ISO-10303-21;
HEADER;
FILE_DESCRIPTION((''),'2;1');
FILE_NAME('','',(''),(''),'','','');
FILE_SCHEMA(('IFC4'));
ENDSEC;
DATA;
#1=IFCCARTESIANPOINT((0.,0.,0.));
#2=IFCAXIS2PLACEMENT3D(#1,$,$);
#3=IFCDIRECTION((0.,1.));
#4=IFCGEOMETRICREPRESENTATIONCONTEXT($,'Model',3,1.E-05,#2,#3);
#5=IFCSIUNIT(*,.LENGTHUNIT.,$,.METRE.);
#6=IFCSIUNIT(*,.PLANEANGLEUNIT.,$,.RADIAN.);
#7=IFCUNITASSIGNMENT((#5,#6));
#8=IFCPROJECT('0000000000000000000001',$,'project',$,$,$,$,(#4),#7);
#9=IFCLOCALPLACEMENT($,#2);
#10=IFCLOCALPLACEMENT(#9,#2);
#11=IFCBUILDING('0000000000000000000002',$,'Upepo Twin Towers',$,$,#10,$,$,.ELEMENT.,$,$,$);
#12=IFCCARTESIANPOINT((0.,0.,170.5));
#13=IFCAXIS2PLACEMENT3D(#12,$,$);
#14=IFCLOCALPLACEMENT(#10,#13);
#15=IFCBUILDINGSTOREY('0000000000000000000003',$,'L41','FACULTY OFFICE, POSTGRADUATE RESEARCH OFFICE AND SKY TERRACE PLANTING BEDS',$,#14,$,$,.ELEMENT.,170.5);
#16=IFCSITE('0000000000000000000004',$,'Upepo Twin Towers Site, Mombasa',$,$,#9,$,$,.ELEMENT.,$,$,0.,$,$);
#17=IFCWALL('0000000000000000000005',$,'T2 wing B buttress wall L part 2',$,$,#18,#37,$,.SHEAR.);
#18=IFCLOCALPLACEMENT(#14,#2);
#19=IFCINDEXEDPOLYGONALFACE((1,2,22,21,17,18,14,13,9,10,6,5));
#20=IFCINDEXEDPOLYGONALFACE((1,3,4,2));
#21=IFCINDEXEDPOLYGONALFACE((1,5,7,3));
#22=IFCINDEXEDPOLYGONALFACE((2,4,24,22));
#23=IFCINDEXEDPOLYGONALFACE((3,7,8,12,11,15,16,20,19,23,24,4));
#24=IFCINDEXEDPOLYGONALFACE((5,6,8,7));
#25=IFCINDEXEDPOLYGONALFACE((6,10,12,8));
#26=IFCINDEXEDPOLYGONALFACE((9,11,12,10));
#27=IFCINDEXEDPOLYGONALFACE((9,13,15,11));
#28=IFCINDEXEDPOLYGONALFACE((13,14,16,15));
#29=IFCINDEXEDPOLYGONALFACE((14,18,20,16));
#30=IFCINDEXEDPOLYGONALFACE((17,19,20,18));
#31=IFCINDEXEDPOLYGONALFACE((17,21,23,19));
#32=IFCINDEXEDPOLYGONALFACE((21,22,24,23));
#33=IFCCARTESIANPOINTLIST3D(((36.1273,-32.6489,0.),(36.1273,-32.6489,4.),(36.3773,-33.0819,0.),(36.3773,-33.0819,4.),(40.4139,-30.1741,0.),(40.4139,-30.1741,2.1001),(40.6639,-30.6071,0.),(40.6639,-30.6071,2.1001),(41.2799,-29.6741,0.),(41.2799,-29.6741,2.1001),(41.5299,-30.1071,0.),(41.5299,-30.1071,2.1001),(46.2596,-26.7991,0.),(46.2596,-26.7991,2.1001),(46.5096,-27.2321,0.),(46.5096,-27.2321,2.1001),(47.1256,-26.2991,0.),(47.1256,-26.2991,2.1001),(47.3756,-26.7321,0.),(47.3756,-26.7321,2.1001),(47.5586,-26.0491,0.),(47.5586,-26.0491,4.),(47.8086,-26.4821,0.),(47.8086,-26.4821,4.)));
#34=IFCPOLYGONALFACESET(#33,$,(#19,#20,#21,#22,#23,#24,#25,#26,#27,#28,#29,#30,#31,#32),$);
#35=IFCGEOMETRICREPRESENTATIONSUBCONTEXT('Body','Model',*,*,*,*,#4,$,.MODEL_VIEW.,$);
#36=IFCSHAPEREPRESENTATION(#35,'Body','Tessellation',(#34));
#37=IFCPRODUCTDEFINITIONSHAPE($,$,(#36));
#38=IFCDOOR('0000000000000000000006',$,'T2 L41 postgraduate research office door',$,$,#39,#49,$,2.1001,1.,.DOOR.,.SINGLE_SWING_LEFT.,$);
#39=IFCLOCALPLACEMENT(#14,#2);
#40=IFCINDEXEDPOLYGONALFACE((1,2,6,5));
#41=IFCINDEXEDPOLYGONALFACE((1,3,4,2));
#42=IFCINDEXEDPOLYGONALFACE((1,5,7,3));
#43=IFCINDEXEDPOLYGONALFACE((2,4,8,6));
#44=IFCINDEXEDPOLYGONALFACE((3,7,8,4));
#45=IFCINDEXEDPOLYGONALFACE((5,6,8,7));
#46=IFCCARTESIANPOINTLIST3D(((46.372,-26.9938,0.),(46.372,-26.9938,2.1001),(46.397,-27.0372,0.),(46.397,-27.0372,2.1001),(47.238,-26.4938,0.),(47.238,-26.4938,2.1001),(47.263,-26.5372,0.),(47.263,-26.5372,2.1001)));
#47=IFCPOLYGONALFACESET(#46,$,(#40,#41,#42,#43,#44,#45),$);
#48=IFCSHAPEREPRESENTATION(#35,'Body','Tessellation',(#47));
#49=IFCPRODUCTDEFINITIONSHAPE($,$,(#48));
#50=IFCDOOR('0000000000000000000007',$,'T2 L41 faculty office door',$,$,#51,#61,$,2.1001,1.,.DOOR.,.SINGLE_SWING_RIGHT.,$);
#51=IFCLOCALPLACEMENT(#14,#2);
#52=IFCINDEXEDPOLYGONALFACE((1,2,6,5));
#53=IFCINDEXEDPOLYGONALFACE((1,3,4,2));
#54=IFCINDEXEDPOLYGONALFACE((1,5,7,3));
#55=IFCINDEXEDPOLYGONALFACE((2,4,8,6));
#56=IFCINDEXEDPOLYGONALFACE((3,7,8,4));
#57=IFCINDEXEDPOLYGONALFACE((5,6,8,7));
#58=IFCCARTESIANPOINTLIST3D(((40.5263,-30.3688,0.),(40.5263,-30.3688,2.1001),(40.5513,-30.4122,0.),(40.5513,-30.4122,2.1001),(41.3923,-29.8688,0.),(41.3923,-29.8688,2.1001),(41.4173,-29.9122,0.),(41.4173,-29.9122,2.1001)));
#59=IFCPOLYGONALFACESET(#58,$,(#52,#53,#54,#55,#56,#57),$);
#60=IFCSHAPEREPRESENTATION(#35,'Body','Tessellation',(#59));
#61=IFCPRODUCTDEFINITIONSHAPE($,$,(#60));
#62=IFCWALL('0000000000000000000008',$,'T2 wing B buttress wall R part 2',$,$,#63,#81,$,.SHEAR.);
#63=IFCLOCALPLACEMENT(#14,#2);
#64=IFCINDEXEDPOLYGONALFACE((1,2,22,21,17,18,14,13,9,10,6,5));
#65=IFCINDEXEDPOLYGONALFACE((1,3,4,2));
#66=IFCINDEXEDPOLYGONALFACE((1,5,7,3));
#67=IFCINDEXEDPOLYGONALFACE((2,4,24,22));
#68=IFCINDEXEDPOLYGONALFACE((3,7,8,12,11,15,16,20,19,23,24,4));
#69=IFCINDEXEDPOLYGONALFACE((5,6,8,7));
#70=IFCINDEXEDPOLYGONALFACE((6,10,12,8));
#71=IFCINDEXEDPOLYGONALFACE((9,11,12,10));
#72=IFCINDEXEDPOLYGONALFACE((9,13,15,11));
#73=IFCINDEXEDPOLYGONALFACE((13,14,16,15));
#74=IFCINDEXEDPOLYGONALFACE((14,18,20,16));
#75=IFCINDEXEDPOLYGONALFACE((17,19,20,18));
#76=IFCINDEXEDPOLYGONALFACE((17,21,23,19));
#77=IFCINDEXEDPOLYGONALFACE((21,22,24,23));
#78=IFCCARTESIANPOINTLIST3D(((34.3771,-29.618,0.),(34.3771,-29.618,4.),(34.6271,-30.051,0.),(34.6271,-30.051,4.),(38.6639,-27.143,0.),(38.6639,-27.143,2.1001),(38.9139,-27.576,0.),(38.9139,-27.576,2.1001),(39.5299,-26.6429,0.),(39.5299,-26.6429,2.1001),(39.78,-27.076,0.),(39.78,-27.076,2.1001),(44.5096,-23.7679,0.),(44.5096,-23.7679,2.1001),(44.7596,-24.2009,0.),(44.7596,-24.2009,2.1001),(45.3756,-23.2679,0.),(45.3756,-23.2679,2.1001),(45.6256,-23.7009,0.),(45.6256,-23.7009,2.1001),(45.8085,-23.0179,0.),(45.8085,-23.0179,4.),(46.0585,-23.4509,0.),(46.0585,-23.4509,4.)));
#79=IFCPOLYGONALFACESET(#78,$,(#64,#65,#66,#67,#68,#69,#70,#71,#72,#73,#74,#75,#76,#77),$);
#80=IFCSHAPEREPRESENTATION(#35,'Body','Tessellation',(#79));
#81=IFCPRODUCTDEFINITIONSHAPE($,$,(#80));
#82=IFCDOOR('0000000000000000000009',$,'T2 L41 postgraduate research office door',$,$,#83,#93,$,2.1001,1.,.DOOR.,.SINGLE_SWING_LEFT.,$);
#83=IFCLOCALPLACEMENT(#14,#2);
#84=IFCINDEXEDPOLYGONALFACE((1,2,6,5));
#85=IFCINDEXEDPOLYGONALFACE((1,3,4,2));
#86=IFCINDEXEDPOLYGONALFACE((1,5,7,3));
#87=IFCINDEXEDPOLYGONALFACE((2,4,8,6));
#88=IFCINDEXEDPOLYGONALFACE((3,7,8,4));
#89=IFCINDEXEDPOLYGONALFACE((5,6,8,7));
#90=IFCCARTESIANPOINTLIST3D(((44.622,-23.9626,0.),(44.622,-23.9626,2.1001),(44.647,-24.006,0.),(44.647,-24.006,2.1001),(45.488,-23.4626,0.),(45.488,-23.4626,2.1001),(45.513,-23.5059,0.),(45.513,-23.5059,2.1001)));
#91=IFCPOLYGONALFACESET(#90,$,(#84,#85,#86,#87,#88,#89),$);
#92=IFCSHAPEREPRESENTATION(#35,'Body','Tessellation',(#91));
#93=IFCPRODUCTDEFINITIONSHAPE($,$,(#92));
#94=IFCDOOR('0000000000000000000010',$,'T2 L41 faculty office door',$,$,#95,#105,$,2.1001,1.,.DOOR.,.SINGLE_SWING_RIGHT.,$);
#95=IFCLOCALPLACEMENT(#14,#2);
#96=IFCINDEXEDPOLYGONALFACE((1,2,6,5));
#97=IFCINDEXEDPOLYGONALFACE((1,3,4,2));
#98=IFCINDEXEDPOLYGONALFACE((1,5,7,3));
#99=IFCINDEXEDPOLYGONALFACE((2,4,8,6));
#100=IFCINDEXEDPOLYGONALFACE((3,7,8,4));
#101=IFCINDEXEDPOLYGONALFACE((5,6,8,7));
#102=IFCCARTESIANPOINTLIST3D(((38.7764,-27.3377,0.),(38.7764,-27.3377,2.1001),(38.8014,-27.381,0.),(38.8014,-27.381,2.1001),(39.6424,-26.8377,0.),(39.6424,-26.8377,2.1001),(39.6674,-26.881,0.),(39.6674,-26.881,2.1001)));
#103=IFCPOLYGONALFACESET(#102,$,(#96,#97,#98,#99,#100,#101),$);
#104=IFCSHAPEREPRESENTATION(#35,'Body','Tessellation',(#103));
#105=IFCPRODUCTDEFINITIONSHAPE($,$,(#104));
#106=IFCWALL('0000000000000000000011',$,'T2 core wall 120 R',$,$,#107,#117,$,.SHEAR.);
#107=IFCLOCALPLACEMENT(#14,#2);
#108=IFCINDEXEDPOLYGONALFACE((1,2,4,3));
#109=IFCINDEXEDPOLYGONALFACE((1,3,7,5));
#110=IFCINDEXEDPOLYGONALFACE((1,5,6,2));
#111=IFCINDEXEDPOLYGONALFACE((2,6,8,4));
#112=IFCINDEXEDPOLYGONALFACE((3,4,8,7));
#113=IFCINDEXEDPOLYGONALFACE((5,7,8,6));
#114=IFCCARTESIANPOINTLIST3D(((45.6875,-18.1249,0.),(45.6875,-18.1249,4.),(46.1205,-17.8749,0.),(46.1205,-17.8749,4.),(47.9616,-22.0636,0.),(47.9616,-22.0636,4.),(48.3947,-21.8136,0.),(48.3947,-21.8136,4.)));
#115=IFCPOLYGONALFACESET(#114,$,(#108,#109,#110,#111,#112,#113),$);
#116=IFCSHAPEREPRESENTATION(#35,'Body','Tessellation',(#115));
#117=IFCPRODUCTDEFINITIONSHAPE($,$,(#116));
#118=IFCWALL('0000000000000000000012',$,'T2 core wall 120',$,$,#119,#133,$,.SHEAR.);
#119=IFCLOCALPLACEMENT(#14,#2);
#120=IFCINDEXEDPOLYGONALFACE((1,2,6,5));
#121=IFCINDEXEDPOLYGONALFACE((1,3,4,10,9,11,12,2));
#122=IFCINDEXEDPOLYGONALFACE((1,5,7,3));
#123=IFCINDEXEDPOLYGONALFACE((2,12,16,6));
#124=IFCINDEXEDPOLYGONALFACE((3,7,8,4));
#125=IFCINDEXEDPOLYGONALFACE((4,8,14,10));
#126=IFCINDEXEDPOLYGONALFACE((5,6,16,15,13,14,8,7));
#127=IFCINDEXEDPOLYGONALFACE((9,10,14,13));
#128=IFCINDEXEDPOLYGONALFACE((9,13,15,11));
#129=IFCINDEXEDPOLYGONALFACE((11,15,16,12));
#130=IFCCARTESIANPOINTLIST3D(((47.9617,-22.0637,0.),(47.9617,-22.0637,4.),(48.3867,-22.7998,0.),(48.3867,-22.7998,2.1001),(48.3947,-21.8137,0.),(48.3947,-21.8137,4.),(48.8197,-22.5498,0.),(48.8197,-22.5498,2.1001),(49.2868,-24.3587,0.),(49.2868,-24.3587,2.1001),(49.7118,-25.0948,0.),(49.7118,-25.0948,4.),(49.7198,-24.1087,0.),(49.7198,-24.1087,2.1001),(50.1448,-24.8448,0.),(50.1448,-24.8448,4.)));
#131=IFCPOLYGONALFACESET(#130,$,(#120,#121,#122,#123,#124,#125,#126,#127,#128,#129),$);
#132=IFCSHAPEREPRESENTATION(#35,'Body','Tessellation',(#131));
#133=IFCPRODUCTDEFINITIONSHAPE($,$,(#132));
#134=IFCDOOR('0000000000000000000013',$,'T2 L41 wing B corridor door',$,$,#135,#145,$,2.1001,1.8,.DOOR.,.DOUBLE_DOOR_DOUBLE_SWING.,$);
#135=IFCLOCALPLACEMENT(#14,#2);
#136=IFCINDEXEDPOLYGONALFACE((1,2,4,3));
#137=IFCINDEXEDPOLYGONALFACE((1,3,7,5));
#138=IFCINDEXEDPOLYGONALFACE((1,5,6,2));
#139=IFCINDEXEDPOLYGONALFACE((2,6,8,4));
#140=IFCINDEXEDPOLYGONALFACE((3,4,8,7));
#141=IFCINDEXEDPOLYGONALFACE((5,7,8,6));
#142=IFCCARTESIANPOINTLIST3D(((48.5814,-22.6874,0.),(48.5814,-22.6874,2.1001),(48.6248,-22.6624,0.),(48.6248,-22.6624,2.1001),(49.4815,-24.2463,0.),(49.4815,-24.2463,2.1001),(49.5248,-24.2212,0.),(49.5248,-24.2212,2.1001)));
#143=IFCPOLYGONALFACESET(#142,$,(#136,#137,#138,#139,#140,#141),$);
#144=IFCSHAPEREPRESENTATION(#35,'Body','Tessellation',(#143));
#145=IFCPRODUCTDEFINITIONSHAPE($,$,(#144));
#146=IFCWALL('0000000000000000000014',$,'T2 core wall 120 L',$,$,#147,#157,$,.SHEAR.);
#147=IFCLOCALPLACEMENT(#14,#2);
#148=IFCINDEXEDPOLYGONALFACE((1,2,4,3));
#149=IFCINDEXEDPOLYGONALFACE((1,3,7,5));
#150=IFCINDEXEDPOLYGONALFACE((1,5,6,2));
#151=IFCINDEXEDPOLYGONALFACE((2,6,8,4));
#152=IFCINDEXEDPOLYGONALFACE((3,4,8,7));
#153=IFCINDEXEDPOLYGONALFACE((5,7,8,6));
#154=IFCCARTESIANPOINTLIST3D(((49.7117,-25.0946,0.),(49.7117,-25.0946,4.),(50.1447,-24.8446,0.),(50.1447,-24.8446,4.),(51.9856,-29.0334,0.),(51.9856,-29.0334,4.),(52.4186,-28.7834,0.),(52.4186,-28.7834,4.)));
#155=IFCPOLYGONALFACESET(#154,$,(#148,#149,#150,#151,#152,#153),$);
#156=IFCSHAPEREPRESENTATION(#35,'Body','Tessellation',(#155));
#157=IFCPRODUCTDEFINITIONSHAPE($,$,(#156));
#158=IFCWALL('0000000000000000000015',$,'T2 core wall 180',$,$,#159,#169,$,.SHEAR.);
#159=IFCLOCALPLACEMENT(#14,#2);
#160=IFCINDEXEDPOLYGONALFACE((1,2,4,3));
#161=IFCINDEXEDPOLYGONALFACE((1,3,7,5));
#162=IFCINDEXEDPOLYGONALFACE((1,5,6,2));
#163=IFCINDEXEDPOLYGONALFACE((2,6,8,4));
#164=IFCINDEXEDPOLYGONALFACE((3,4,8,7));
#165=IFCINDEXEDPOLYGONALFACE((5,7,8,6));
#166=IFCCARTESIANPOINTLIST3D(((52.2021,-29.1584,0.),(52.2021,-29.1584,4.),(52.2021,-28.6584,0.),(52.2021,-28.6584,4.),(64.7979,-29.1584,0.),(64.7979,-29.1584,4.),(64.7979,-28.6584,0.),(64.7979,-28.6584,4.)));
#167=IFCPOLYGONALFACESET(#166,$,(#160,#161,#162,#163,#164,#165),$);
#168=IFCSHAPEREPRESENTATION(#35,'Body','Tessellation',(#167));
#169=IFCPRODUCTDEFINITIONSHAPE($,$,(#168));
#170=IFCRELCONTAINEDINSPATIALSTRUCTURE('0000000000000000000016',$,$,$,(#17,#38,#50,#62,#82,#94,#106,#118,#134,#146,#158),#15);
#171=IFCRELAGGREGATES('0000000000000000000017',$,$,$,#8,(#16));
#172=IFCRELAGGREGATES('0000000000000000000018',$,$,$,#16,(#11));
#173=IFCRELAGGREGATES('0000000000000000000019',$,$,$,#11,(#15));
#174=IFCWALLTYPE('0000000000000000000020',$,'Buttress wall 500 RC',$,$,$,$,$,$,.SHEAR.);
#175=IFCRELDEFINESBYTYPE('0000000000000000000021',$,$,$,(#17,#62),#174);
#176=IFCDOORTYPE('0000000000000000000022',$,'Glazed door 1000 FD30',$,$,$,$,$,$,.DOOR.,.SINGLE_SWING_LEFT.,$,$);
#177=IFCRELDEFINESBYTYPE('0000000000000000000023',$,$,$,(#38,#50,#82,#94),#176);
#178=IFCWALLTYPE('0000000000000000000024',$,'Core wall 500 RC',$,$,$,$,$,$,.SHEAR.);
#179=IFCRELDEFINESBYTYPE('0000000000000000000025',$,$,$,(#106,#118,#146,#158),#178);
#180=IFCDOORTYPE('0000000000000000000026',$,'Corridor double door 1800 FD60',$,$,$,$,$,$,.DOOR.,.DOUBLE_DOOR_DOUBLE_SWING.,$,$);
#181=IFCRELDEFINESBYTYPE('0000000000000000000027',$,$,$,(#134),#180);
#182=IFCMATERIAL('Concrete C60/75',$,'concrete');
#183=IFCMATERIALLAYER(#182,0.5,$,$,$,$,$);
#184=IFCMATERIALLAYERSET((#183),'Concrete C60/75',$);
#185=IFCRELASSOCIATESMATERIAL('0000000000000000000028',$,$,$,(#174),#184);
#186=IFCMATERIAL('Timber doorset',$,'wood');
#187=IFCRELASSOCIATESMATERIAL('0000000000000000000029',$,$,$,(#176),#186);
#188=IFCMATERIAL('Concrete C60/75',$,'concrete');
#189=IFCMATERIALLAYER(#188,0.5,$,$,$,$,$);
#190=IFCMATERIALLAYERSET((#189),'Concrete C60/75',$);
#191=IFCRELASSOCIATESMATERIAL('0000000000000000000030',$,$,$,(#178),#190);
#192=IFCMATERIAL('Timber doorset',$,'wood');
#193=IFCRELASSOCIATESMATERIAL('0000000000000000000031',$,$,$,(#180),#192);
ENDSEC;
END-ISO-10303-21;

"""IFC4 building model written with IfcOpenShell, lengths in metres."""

from ifc_helpers import new_model, si_unit, direction, frame, frame_2d, origin, place, context, subcontext, project, spatial, rectangle, extrude, material, layer, layer_set, type_object, element, fill, save


model = new_model("IFC4")

# Units and contexts
model_context = context("Model", 3, precision=1e-05, world=origin(), true_north=direction((0.0, 1.0)))
body_context = subcontext(model_context, "Body", "Model", "MODEL_VIEW")
ifc_project = project(units=[si_unit("LENGTHUNIT", "METRE"), si_unit("PLANEANGLEUNIT", "RADIAN")], contexts=[model_context])

# Site, building, storey
site_placement = place(None, origin())
site = spatial("IfcSite", under=ifc_project, at=site_placement, Name="Upepo Twin Towers Site, Mombasa", CompositionType="ELEMENT", RefElevation=0.0)
building_placement = place(site_placement, origin())
building = spatial("IfcBuilding", under=site, at=building_placement, Name="Upepo Twin Towers", CompositionType="ELEMENT")
storey_placement = place(building_placement, frame((0.0, 0.0, 170.5)))
storey = spatial("IfcBuildingStorey", under=building, at=storey_placement, Name="L41", Description="FACULTY OFFICE, POSTGRADUATE RESEARCH OFFICE AND SKY TERRACE PLANTING BEDS", CompositionType="ELEMENT", Elevation=170.5)

# Walls, openings, doors
ifc_material_1 = material(Name="Concrete C60/75", Category="concrete")
ifc_layer_1 = layer(ifc_material_1, 0.5)
ifc_layer_set_1 = layer_set([ifc_layer_1], Name="Concrete C60/75")
wall_type_1 = type_object("IfcWallType", Name="Buttress wall 500 RC", PredefinedType="SHEAR", material=ifc_layer_set_1)
wall_1_placement = place(storey_placement, frame((47.6836, -26.2656, 0.0), z_axis=(0.0, 0.0, 1.0), x_axis=(-0.866028, -0.499996, 0.0)))
wall_1 = element("IfcWall", 1, at=wall_1_placement, inside=storey, type_object=wall_type_1, Name="T2 wing B buttress wall L part 2", PredefinedType="SHEAR", context=body_context, shape_type="SweptSolid", body=[
    extrude(rectangle(XDim=13.1997, YDim=0.5, at=frame_2d((6.5999, 0.0))), origin(), (0.0, 0.0, 1.0), 4.0),
])
opening_1_placement = place(wall_1_placement, frame((0.5, 0.0, 0.0)))
opening_1 = element("IfcOpeningElement", 2, at=opening_1_placement, cuts=wall_1, PredefinedType="OPENING", context=body_context, shape_type="SweptSolid", body=[
    extrude(rectangle(XDim=1.0, YDim=2.1001, at=frame_2d((0.5, 1.05))), frame((0.0, 0.26, 0.0), z_axis=(0.0, -1.0, 0.0), x_axis=(1.0, 0.0, 0.0)), (0.0, 0.0, 1.0), 0.52),
])
opening_2_placement = place(wall_1_placement, frame((7.25, 0.0, 0.0)))
opening_2 = element("IfcOpeningElement", 3, at=opening_2_placement, cuts=wall_1, PredefinedType="OPENING", context=body_context, shape_type="SweptSolid", body=[
    extrude(rectangle(XDim=1.0, YDim=2.1001, at=frame_2d((0.5, 1.05))), frame((0.0, 0.26, 0.0), z_axis=(0.0, -1.0, 0.0), x_axis=(1.0, 0.0, 0.0)), (0.0, 0.0, 1.0), 0.52),
])
ifc_material_2 = material(Name="Timber doorset", Category="wood")
door_type_1 = type_object("IfcDoorType", Name="Glazed door 1000 FD30", OperationType="SINGLE_SWING_LEFT", PredefinedType="DOOR", material=ifc_material_2)
door_1_placement = place(opening_1_placement, origin())
door_1 = element("IfcDoor", 4, at=door_1_placement, inside=storey, type_object=door_type_1, Name="T2 L41 postgraduate research office door", OperationType="SINGLE_SWING_LEFT", OverallHeight=2.1001, OverallWidth=1.0, PredefinedType="DOOR", context=body_context, shape_type="SweptSolid", body=[
    extrude(rectangle(XDim=1.0, YDim=2.1001, at=frame_2d((0.5, 1.05))), frame((0.0, 0.0249, 0.0), z_axis=(0.0, -1.0, 0.0), x_axis=(1.0, 0.0, 0.0)), (0.0, 0.0, 1.0), 0.05),
])
fill(opening_1, door_1)
door_2_placement = place(opening_2_placement, origin())
door_2 = element("IfcDoor", 5, at=door_2_placement, inside=storey, type_object=door_type_1, Name="T2 L41 faculty office door", OperationType="SINGLE_SWING_RIGHT", OverallHeight=2.1001, OverallWidth=1.0, PredefinedType="DOOR", context=body_context, shape_type="SweptSolid", body=[
    extrude(rectangle(XDim=1.0, YDim=2.1001, at=frame_2d((0.5, 1.05))), frame((0.0, 0.0249, 0.0), z_axis=(0.0, -1.0, 0.0), x_axis=(1.0, 0.0, 0.0)), (0.0, 0.0, 1.0), 0.05),
])
fill(opening_2, door_2)
wall_2_placement = place(storey_placement, frame((45.9336, -23.2344, 0.0), z_axis=(0.0, 0.0, 1.0), x_axis=(-0.86602, -0.50001, 0.0)))
wall_2 = element("IfcWall", 6, at=wall_2_placement, inside=storey, type_object=wall_type_1, Name="T2 wing B buttress wall R part 2", PredefinedType="SHEAR", context=body_context, shape_type="SweptSolid", body=[
    extrude(rectangle(XDim=13.2, YDim=0.5, at=frame_2d((6.6001, 0.0))), origin(), (0.0, 0.0, 1.0), 4.0),
])
opening_3_placement = place(wall_2_placement, frame((0.5, 0.0, 0.0)))
opening_3 = element("IfcOpeningElement", 7, at=opening_3_placement, cuts=wall_2, PredefinedType="OPENING", context=body_context, shape_type="SweptSolid", body=[
    extrude(rectangle(XDim=1.0, YDim=2.1001, at=frame_2d((0.5, 1.05))), frame((0.0, 0.26, 0.0), z_axis=(0.0, -1.0, 0.0), x_axis=(1.0, 0.0, 0.0)), (0.0, 0.0, 1.0), 0.52),
])
opening_4_placement = place(wall_2_placement, frame((7.25, 0.0, 0.0)))
opening_4 = element("IfcOpeningElement", 8, at=opening_4_placement, cuts=wall_2, PredefinedType="OPENING", context=body_context, shape_type="SweptSolid", body=[
    extrude(rectangle(XDim=1.0, YDim=2.1001, at=frame_2d((0.5, 1.05))), frame((0.0, 0.26, 0.0), z_axis=(0.0, -1.0, 0.0), x_axis=(1.0, 0.0, 0.0)), (0.0, 0.0, 1.0), 0.52),
])
door_3_placement = place(opening_3_placement, origin())
door_3 = element("IfcDoor", 9, at=door_3_placement, inside=storey, type_object=door_type_1, Name="T2 L41 postgraduate research office door", OperationType="SINGLE_SWING_LEFT", OverallHeight=2.1001, OverallWidth=1.0, PredefinedType="DOOR", context=body_context, shape_type="SweptSolid", body=[
    extrude(rectangle(XDim=1.0, YDim=2.1001, at=frame_2d((0.5, 1.05))), frame((0.0, 0.0249, 0.0), z_axis=(0.0, -1.0, 0.0), x_axis=(1.0, 0.0, 0.0)), (0.0, 0.0, 1.0), 0.05),
])
fill(opening_3, door_3)
door_4_placement = place(opening_4_placement, origin())
door_4 = element("IfcDoor", 10, at=door_4_placement, inside=storey, type_object=door_type_1, Name="T2 L41 faculty office door", OperationType="SINGLE_SWING_RIGHT", OverallHeight=2.1001, OverallWidth=1.0, PredefinedType="DOOR", context=body_context, shape_type="SweptSolid", body=[
    extrude(rectangle(XDim=1.0, YDim=2.1001, at=frame_2d((0.5, 1.05))), frame((0.0, 0.0249, 0.0), z_axis=(0.0, -1.0, 0.0), x_axis=(1.0, 0.0, 0.0)), (0.0, 0.0, 1.0), 0.05),
])
fill(opening_4, door_4)

# Wall
ifc_material_3 = material(Name="Concrete C60/75", Category="concrete")
ifc_layer_2 = layer(ifc_material_3, 0.5)
ifc_layer_set_2 = layer_set([ifc_layer_2], Name="Concrete C60/75")
wall_type_2 = type_object("IfcWallType", Name="Core wall 500 RC", PredefinedType="SHEAR", material=ifc_layer_set_2)
wall_3_placement = place(storey_placement, frame((45.9041, -18.0, 0.0), z_axis=(0.0, 0.0, 1.0), x_axis=(0.500024, -0.866011, 0.0)))
element("IfcWall", 11, at=wall_3_placement, inside=storey, type_object=wall_type_2, Name="T2 core wall 120 R", PredefinedType="SHEAR", context=body_context, shape_type="SweptSolid", body=[
    extrude(rectangle(XDim=4.5481, YDim=0.5, at=frame_2d((2.2739, 0.0))), origin(), (0.0, 0.0, 1.0), 4.0),
])

# Wall, opening, door
wall_4_placement = place(storey_placement, frame((48.1782, -21.9387, 0.0), z_axis=(0.0, 0.0, 1.0), x_axis=(0.50001, -0.866019, 0.0)))
wall_4 = element("IfcWall", 12, at=wall_4_placement, inside=storey, type_object=wall_type_2, Name="T2 core wall 120", PredefinedType="SHEAR", context=body_context, shape_type="SweptSolid", body=[
    extrude(rectangle(XDim=3.5, YDim=0.5, at=frame_2d((1.75, 0.0))), origin(), (0.0, 0.0, 1.0), 4.0),
])
opening_5_placement = place(wall_4_placement, frame((0.8501, 0.0, 0.0)))
opening_5 = element("IfcOpeningElement", 13, at=opening_5_placement, cuts=wall_4, PredefinedType="OPENING", context=body_context, shape_type="SweptSolid", body=[
    extrude(rectangle(XDim=1.8, YDim=2.1001, at=frame_2d((0.8999, 1.05))), frame((0.0, 0.26, 0.0), z_axis=(0.0, -1.0, 0.0), x_axis=(1.0, 0.0, 0.0)), (0.0, 0.0, 1.0), 0.52),
])
ifc_material_4 = material(Name="Timber doorset", Category="wood")
door_type_2 = type_object("IfcDoorType", Name="Corridor double door 1800 FD60", OperationType="DOUBLE_DOOR_DOUBLE_SWING", PredefinedType="DOOR", material=ifc_material_4)
door_5_placement = place(opening_5_placement, origin())
door_5 = element("IfcDoor", 14, at=door_5_placement, inside=storey, type_object=door_type_2, Name="T2 L41 wing B corridor door", OperationType="DOUBLE_DOOR_DOUBLE_SWING", OverallHeight=2.1001, OverallWidth=1.8, PredefinedType="DOOR", context=body_context, shape_type="SweptSolid", body=[
    extrude(rectangle(XDim=1.8, YDim=2.1001, at=frame_2d((0.8999, 1.05))), frame((0.0, 0.0249, 0.0), z_axis=(0.0, -1.0, 0.0), x_axis=(1.0, 0.0, 0.0)), (0.0, 0.0, 1.0), 0.05),
])
fill(opening_5, door_5)

# Walls
wall_5_placement = place(storey_placement, frame((49.9282, -24.9697, 0.0), z_axis=(0.0, 0.0, 1.0), x_axis=(0.499984, -0.866035, 0.0)))
element("IfcWall", 15, at=wall_5_placement, inside=storey, type_object=wall_type_2, Name="T2 core wall 120 L", PredefinedType="SHEAR", context=body_context, shape_type="SweptSolid", body=[
    extrude(rectangle(XDim=4.5481, YDim=0.5, at=frame_2d((2.2739, 0.0))), origin(), (0.0, 0.0, 1.0), 4.0),
])
wall_6_placement = place(storey_placement, frame((52.2021, -28.9084, 0.0), z_axis=(0.0, 0.0, 1.0), x_axis=(1.0, 0.0, 0.0)))
element("IfcWall", 16, at=wall_6_placement, inside=storey, type_object=wall_type_2, Name="T2 core wall 180", PredefinedType="SHEAR", context=body_context, shape_type="SweptSolid", body=[
    extrude(rectangle(XDim=12.5957, YDim=0.5, at=frame_2d((6.2979, 0.0))), origin(), (0.0, 0.0, 1.0), 4.0),
])

save(model, "model.ifc")
